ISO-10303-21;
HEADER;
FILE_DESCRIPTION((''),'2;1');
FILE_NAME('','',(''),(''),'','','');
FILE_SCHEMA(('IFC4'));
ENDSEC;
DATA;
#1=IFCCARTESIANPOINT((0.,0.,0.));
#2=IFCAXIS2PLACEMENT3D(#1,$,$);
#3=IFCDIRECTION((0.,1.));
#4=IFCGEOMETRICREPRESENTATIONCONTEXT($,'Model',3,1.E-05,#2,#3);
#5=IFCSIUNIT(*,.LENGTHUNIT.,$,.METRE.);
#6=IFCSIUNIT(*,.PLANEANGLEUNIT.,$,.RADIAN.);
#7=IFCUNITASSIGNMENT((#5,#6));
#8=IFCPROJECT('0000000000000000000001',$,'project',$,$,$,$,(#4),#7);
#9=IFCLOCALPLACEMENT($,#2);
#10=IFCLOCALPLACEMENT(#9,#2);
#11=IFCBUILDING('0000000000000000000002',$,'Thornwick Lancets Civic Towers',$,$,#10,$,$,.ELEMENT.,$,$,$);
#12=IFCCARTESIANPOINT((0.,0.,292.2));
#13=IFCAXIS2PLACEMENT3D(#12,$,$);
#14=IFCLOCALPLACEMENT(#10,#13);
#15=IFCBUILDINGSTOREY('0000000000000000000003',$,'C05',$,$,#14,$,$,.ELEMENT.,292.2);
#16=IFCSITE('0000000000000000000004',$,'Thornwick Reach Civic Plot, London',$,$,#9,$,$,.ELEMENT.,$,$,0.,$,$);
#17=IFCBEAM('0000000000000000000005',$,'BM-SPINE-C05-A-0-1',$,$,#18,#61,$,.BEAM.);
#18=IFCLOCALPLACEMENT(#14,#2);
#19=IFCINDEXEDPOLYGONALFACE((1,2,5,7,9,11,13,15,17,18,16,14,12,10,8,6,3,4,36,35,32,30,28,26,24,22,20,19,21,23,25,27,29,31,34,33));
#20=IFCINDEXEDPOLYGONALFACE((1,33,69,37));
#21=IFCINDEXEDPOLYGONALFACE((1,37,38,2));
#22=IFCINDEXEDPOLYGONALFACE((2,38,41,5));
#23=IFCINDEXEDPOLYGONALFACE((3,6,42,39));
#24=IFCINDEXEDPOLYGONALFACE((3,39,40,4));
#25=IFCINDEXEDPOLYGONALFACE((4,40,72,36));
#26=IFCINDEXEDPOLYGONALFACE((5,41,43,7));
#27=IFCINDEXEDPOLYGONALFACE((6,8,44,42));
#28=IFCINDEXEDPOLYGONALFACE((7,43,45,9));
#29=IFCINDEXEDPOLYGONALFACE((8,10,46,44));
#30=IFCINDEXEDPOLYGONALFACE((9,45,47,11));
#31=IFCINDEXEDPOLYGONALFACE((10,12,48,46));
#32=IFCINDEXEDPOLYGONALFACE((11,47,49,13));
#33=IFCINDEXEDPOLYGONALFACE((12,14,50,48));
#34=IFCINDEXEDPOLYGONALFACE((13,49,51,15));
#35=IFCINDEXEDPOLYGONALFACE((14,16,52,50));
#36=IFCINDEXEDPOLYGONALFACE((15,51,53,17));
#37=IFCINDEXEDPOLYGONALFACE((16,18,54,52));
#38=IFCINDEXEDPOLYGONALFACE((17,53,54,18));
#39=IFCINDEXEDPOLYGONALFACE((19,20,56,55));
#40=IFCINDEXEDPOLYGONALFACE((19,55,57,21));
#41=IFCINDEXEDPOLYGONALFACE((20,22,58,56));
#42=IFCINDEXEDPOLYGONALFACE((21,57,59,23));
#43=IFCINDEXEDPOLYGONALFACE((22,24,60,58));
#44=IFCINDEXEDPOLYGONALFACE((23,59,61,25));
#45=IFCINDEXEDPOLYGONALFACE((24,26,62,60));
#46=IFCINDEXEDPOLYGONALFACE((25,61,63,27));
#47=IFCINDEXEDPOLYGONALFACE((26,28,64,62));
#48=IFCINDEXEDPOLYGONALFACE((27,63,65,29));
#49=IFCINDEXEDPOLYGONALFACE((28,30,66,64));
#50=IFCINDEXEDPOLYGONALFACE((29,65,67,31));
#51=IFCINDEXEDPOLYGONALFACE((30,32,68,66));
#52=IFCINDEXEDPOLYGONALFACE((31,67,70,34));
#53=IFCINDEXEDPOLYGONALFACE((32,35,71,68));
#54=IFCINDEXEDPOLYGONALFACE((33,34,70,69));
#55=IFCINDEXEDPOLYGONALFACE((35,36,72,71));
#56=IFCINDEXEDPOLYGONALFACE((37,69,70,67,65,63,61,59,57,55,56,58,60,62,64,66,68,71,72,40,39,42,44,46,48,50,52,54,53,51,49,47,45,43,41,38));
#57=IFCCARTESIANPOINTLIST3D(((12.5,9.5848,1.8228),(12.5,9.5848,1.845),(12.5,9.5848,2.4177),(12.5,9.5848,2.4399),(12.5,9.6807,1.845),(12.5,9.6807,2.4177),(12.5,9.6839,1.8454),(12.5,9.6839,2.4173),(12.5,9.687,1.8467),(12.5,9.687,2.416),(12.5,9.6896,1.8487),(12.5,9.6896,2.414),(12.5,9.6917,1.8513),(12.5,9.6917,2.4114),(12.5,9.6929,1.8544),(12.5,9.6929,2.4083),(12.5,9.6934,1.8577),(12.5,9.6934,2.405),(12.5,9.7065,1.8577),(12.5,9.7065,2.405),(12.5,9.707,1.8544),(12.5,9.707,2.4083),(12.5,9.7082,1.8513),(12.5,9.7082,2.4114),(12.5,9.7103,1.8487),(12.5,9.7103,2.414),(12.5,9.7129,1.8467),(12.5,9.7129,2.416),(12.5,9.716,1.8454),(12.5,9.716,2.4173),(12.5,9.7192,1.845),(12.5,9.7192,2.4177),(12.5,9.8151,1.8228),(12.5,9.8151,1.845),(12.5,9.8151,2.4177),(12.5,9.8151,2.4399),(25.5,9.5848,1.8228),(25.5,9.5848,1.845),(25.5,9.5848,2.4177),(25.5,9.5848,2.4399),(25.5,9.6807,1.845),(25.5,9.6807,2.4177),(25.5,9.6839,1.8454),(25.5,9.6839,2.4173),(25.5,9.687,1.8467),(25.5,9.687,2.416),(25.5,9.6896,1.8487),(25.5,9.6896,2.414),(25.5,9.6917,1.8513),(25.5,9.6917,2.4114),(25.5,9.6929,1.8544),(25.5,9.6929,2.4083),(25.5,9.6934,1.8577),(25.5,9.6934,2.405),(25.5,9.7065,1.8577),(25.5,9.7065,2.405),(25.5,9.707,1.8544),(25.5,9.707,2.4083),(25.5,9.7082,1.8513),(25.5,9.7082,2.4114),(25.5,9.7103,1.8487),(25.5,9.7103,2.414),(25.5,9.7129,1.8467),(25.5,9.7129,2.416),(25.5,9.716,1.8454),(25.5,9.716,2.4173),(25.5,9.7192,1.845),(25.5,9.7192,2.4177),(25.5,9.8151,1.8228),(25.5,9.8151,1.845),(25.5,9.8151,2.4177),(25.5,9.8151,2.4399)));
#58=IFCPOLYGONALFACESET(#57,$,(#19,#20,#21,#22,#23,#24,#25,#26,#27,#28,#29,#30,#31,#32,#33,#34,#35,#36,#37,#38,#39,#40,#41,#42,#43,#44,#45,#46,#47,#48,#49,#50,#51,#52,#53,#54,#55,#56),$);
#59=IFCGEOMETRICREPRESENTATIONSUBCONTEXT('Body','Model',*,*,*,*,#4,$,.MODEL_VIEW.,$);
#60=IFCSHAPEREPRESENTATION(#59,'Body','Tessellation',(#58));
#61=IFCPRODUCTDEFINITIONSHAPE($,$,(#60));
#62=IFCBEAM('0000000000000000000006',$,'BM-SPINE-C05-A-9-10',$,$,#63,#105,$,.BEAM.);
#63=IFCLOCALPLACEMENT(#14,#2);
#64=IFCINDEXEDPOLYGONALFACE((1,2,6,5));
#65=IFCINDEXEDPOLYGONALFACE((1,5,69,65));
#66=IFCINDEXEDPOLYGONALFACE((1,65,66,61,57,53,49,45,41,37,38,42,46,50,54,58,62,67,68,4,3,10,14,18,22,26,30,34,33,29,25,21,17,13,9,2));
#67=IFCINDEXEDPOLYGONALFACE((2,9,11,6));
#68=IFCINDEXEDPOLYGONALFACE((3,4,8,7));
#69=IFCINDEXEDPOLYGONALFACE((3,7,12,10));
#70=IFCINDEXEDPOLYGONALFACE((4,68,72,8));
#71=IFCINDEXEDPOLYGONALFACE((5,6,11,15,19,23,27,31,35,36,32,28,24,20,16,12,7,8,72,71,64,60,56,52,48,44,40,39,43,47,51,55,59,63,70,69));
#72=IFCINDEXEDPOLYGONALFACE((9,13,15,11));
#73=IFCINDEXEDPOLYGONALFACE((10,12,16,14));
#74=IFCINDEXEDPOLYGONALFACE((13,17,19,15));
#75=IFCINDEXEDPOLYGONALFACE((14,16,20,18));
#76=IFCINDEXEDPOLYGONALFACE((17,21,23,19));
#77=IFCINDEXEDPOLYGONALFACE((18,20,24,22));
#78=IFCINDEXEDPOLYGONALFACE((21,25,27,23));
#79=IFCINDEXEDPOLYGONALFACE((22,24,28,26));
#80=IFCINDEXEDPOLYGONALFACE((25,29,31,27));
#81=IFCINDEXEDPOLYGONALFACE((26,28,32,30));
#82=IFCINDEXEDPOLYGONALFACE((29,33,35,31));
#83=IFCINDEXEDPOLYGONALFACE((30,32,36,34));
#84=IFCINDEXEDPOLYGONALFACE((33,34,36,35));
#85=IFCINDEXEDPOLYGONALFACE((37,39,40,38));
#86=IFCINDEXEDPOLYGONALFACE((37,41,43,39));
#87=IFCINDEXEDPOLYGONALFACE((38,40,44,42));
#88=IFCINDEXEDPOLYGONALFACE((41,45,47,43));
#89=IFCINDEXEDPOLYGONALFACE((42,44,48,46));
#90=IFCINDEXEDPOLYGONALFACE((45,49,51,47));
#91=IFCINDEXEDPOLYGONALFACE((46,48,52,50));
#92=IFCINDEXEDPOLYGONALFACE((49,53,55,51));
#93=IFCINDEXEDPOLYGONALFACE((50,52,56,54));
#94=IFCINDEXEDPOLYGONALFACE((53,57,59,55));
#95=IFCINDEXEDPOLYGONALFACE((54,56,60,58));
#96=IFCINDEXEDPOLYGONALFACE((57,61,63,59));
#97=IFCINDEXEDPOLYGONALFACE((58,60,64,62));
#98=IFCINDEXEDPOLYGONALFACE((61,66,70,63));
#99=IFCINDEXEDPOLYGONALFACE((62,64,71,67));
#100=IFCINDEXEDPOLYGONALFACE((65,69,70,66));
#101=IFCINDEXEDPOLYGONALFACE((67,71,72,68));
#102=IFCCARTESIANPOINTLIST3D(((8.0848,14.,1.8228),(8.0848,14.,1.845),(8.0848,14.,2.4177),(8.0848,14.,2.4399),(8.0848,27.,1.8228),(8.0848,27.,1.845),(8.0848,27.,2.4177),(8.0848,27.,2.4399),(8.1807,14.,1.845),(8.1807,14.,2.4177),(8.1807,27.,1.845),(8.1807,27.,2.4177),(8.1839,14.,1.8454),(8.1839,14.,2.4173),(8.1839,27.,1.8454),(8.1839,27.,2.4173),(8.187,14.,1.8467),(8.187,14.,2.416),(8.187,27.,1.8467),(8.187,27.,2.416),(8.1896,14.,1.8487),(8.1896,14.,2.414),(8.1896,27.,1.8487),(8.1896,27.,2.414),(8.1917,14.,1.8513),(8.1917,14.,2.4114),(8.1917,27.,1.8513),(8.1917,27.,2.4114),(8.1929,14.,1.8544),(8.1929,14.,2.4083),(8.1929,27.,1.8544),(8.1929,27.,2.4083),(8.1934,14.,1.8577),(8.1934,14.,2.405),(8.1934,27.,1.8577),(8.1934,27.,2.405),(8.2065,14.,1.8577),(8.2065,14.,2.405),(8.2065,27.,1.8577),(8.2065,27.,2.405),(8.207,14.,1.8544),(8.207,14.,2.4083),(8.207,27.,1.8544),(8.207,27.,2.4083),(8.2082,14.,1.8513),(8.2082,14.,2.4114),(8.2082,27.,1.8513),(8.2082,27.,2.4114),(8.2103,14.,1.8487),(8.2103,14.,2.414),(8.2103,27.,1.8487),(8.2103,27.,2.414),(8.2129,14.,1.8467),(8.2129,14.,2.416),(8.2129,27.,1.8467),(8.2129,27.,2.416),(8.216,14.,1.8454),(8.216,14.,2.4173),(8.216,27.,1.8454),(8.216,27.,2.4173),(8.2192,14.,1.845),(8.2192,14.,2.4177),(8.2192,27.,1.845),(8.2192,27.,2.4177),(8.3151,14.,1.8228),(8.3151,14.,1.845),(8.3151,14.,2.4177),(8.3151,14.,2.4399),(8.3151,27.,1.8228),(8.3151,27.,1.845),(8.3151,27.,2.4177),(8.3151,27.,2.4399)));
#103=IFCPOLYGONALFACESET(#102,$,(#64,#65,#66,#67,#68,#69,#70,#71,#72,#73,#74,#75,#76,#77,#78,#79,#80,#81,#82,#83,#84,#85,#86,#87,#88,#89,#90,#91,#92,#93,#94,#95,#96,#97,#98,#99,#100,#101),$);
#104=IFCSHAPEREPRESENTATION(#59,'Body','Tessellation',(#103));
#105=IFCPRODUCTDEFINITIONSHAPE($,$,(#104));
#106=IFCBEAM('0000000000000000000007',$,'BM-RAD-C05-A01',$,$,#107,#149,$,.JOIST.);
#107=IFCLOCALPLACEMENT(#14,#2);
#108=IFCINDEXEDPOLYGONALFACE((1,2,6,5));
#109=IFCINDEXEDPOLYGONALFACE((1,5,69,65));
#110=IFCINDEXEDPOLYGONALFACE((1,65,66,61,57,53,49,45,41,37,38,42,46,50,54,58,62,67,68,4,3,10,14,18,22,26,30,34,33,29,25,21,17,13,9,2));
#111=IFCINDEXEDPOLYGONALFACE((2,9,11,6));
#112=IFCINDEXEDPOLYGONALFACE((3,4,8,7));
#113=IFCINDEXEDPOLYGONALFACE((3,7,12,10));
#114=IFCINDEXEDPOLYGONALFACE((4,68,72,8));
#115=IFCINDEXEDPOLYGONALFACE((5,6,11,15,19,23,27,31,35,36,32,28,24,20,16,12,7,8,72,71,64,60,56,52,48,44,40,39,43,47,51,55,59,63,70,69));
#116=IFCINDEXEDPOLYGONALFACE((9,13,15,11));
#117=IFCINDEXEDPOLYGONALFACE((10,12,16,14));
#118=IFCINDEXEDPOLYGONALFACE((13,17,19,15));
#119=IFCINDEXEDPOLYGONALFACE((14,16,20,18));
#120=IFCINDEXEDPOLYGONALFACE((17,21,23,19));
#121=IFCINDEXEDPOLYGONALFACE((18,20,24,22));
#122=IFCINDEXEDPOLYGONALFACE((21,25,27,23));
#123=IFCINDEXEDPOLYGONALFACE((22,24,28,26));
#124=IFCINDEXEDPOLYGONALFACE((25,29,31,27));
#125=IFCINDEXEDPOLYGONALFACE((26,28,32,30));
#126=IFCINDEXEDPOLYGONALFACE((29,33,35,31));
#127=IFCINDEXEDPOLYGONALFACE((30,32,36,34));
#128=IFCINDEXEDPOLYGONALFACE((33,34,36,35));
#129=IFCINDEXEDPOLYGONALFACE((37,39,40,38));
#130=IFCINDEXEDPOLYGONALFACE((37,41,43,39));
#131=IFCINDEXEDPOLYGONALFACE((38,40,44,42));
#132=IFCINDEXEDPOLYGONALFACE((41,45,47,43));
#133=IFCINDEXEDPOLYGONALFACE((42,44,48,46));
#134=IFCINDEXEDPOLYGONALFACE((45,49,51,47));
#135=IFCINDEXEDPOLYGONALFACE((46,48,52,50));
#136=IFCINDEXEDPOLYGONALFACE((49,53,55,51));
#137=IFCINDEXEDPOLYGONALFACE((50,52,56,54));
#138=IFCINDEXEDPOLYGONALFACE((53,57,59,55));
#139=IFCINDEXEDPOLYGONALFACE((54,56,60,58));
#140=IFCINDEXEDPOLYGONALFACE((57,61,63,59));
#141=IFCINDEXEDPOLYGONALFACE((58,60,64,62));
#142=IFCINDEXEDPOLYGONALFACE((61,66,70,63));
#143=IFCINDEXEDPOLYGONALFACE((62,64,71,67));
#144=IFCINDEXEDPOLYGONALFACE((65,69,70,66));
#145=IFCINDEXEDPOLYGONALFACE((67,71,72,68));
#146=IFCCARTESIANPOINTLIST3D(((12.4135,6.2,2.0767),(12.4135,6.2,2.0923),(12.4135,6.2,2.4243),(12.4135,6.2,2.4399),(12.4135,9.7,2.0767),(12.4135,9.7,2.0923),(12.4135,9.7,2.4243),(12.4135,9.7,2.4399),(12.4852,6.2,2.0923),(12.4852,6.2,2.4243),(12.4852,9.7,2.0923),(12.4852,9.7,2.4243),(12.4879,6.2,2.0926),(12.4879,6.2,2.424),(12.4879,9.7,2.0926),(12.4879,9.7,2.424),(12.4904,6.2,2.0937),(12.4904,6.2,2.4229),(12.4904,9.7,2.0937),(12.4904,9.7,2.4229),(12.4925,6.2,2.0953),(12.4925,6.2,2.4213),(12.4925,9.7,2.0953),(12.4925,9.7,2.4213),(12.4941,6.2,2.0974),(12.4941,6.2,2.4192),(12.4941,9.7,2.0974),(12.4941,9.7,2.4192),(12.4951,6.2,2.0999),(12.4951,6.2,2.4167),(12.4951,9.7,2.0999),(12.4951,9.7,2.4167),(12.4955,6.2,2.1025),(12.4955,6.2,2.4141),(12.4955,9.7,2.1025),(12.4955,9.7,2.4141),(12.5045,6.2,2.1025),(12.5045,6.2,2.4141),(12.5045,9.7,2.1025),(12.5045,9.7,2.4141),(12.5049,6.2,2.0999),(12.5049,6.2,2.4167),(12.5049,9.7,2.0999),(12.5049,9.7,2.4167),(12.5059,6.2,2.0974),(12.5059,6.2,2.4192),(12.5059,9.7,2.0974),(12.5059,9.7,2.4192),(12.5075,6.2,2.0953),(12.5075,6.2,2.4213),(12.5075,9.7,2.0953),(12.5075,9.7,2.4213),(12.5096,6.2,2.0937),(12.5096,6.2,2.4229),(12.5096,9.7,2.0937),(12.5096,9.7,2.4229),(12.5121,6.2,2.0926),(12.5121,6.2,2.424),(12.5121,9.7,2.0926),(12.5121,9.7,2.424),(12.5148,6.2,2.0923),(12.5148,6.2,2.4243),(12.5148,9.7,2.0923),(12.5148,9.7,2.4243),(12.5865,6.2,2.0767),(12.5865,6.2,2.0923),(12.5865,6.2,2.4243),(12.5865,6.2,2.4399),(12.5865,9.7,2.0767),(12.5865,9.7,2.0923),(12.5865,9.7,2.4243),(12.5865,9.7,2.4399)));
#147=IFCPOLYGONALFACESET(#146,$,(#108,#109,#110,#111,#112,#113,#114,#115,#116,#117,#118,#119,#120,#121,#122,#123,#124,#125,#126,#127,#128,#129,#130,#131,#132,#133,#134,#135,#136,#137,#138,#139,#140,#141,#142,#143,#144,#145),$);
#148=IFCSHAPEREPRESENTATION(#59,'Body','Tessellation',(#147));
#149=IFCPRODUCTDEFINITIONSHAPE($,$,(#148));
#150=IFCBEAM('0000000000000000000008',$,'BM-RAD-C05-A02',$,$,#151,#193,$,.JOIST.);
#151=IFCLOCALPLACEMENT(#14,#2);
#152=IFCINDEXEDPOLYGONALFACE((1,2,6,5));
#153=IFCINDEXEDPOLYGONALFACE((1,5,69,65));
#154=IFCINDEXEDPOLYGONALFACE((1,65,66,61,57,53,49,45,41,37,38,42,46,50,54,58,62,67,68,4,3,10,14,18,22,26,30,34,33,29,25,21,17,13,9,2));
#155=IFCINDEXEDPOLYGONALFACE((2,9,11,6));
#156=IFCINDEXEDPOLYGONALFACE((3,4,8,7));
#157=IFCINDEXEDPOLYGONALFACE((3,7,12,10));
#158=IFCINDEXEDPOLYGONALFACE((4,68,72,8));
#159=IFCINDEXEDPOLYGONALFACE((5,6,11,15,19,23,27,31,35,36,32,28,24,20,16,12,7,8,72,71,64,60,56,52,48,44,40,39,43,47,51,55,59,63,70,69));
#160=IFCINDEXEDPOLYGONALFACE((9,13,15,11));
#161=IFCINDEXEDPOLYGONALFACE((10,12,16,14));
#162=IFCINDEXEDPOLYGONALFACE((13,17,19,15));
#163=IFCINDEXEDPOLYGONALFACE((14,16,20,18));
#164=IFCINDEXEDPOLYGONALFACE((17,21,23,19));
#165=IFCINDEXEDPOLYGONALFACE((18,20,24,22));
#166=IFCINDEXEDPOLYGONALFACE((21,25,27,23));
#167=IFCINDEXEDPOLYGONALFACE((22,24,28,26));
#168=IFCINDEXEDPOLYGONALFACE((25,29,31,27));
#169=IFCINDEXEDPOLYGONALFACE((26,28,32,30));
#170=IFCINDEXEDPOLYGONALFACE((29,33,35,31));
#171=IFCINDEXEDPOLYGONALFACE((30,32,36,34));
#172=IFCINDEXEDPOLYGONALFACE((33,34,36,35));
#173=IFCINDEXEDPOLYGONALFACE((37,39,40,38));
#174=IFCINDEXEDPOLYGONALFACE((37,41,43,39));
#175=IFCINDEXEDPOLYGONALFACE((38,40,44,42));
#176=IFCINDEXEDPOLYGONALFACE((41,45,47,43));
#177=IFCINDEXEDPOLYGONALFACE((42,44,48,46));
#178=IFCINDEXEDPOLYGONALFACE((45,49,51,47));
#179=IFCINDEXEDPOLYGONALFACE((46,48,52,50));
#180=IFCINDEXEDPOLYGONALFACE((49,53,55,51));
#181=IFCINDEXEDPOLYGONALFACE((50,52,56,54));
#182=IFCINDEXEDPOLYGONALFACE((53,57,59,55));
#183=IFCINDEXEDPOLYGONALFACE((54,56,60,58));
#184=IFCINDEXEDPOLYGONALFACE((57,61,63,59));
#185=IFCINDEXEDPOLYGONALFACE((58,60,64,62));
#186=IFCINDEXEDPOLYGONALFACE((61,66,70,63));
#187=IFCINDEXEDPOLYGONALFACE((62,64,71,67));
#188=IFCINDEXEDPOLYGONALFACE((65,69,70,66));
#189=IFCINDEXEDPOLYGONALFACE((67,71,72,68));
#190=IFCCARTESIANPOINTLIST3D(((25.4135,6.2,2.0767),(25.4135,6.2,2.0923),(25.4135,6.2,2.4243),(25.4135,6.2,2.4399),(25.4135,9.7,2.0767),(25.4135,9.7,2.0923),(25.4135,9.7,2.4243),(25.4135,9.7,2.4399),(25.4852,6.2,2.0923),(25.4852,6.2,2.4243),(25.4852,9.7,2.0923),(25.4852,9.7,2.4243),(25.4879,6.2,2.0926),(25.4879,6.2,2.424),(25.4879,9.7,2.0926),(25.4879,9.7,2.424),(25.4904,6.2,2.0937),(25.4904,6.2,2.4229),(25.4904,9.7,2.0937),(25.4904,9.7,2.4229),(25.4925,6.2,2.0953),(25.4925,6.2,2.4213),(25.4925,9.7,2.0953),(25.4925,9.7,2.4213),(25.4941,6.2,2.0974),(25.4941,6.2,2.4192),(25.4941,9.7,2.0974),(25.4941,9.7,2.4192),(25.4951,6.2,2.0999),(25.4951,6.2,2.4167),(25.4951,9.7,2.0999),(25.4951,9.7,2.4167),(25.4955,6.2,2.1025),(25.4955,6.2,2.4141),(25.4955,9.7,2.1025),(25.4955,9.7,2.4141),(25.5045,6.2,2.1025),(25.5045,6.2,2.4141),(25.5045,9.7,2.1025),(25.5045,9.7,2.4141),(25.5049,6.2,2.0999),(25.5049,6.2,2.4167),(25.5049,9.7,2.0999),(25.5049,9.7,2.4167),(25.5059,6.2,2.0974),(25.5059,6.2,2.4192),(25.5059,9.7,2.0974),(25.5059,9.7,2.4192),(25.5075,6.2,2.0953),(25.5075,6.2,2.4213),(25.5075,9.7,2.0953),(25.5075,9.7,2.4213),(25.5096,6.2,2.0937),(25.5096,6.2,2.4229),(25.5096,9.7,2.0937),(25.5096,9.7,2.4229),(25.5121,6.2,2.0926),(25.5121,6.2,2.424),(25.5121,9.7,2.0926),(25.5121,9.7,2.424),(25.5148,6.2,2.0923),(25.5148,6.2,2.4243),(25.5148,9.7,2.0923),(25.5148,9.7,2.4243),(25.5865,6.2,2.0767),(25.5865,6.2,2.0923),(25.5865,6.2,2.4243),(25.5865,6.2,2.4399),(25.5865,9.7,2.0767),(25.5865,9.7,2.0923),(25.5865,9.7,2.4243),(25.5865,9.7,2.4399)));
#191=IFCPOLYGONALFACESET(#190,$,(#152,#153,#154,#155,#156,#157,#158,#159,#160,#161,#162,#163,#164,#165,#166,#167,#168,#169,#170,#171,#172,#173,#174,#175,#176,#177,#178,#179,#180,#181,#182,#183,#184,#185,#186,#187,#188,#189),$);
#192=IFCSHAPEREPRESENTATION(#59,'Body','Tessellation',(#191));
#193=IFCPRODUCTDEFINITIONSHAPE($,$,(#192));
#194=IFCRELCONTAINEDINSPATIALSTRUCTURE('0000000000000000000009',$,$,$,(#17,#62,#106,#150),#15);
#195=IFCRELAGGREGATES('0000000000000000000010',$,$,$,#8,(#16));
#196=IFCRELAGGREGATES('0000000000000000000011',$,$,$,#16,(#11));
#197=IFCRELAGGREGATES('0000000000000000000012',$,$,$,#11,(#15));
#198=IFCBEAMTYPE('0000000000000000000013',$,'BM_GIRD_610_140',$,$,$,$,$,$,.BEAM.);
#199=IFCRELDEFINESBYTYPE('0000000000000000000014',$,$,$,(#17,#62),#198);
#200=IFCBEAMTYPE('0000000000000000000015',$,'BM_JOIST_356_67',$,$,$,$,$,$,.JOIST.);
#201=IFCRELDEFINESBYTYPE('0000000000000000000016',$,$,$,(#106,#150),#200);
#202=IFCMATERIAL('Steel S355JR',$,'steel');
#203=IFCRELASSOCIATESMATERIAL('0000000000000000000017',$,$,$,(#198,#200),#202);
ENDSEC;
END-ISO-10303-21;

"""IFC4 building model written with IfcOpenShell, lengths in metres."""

from ifc_helpers import new_model, si_unit, direction, frame, origin, origin_2d, place, context, subcontext, project, spatial, i_section, extrude, material, material_profile, profile_set, type_object, element, save


model = new_model("IFC4")

# Units and contexts
model_context = context("Model", 3, precision=1e-05, world=origin(), true_north=direction((0.0, 1.0)))
body_context = subcontext(model_context, "Body", "Model", "MODEL_VIEW")
ifc_project = project(units=[si_unit("LENGTHUNIT", "METRE"), si_unit("PLANEANGLEUNIT", "RADIAN")], contexts=[model_context])

# Site, building, storey
site_placement = place(None, origin())
site = spatial("IfcSite", under=ifc_project, at=site_placement, Name="Thornwick Reach Civic Plot, London", CompositionType="ELEMENT", RefElevation=0.0)
building_placement = place(site_placement, origin())
building = spatial("IfcBuilding", under=site, at=building_placement, Name="Thornwick Lancets Civic Towers", CompositionType="ELEMENT")
storey_placement = place(building_placement, frame((0.0, 0.0, 292.2)))
storey = spatial("IfcBuildingStorey", under=building, at=storey_placement, Name="C05", CompositionType="ELEMENT", Elevation=292.2)

# Shared definitions
ifc_material_1 = material(Name="Steel S355JR", Category="steel")

# Beams
ifc_material_profile_1 = material_profile(ifc_material_1, i_section(OverallWidth=0.2302, OverallDepth=0.6172, WebThickness=0.0132, FlangeThickness=0.0222, FilletRadius=0.0127, at=origin_2d()), Name="UKB 610x229x140")
ifc_profile_set_1 = profile_set([ifc_material_profile_1], Name="Steel S355JR")
beam_type_1 = type_object("IfcBeamType", Name="BM_GIRD_610_140", PredefinedType="BEAM", material=ifc_profile_set_1)
for number, where, z_axis, x_axis, name in (
    (1, (12.5, 9.7, 2.1313), (1.0, 0.0, 0.0), (0.0, 1.0, 0.0), "BM-SPINE-C05-A-0-1"),
    (2, (8.2, 14.0, 2.1313), (0.0, 1.0, 0.0), (-1.0, 0.0, 0.0), "BM-SPINE-C05-A-9-10"),
):
    element("IfcBeam", number, at=place(storey_placement, frame(where, z_axis=z_axis, x_axis=x_axis)), inside=storey, type_object=beam_type_1, Name=name, PredefinedType="BEAM", context=body_context, shape_type="SweptSolid", body=[
        extrude(i_section(OverallWidth=0.2302, OverallDepth=0.6172, WebThickness=0.0132, FlangeThickness=0.0222, FilletRadius=0.0127, at=origin_2d()), origin(), (0.0, 0.0, 1.0), 13.0),
    ])
ifc_material_profile_2 = material_profile(ifc_material_1, i_section(OverallWidth=0.1731, OverallDepth=0.3633, WebThickness=0.009, FlangeThickness=0.0156, FilletRadius=0.0103, at=origin_2d()), Name="UKB 356x171x67")
ifc_profile_set_2 = profile_set([ifc_material_profile_2], Name="Steel S355JR")
beam_type_2 = type_object("IfcBeamType", Name="BM_JOIST_356_67", PredefinedType="JOIST", material=ifc_profile_set_2)
for number, where, z_axis, x_axis, name in (
    (3, (12.5, 9.7, 2.2583), (0.0, -1.0, 0.0), (1.0, 0.0, 0.0), "BM-RAD-C05-A01"),
    (4, (25.5, 9.7, 2.2583), (0.0, -1.0, 0.0), (1.0, 0.0, 0.0), "BM-RAD-C05-A02"),
):
    element("IfcBeam", number, at=place(storey_placement, frame(where, z_axis=z_axis, x_axis=x_axis)), inside=storey, type_object=beam_type_2, Name=name, PredefinedType="JOIST", context=body_context, shape_type="SweptSolid", body=[
        extrude(i_section(OverallWidth=0.1731, OverallDepth=0.3633, WebThickness=0.009, FlangeThickness=0.0156, FilletRadius=0.0103, at=origin_2d()), origin(), (0.0, 0.0, 1.0), 3.5),
    ])

save(model, "model.ifc")
